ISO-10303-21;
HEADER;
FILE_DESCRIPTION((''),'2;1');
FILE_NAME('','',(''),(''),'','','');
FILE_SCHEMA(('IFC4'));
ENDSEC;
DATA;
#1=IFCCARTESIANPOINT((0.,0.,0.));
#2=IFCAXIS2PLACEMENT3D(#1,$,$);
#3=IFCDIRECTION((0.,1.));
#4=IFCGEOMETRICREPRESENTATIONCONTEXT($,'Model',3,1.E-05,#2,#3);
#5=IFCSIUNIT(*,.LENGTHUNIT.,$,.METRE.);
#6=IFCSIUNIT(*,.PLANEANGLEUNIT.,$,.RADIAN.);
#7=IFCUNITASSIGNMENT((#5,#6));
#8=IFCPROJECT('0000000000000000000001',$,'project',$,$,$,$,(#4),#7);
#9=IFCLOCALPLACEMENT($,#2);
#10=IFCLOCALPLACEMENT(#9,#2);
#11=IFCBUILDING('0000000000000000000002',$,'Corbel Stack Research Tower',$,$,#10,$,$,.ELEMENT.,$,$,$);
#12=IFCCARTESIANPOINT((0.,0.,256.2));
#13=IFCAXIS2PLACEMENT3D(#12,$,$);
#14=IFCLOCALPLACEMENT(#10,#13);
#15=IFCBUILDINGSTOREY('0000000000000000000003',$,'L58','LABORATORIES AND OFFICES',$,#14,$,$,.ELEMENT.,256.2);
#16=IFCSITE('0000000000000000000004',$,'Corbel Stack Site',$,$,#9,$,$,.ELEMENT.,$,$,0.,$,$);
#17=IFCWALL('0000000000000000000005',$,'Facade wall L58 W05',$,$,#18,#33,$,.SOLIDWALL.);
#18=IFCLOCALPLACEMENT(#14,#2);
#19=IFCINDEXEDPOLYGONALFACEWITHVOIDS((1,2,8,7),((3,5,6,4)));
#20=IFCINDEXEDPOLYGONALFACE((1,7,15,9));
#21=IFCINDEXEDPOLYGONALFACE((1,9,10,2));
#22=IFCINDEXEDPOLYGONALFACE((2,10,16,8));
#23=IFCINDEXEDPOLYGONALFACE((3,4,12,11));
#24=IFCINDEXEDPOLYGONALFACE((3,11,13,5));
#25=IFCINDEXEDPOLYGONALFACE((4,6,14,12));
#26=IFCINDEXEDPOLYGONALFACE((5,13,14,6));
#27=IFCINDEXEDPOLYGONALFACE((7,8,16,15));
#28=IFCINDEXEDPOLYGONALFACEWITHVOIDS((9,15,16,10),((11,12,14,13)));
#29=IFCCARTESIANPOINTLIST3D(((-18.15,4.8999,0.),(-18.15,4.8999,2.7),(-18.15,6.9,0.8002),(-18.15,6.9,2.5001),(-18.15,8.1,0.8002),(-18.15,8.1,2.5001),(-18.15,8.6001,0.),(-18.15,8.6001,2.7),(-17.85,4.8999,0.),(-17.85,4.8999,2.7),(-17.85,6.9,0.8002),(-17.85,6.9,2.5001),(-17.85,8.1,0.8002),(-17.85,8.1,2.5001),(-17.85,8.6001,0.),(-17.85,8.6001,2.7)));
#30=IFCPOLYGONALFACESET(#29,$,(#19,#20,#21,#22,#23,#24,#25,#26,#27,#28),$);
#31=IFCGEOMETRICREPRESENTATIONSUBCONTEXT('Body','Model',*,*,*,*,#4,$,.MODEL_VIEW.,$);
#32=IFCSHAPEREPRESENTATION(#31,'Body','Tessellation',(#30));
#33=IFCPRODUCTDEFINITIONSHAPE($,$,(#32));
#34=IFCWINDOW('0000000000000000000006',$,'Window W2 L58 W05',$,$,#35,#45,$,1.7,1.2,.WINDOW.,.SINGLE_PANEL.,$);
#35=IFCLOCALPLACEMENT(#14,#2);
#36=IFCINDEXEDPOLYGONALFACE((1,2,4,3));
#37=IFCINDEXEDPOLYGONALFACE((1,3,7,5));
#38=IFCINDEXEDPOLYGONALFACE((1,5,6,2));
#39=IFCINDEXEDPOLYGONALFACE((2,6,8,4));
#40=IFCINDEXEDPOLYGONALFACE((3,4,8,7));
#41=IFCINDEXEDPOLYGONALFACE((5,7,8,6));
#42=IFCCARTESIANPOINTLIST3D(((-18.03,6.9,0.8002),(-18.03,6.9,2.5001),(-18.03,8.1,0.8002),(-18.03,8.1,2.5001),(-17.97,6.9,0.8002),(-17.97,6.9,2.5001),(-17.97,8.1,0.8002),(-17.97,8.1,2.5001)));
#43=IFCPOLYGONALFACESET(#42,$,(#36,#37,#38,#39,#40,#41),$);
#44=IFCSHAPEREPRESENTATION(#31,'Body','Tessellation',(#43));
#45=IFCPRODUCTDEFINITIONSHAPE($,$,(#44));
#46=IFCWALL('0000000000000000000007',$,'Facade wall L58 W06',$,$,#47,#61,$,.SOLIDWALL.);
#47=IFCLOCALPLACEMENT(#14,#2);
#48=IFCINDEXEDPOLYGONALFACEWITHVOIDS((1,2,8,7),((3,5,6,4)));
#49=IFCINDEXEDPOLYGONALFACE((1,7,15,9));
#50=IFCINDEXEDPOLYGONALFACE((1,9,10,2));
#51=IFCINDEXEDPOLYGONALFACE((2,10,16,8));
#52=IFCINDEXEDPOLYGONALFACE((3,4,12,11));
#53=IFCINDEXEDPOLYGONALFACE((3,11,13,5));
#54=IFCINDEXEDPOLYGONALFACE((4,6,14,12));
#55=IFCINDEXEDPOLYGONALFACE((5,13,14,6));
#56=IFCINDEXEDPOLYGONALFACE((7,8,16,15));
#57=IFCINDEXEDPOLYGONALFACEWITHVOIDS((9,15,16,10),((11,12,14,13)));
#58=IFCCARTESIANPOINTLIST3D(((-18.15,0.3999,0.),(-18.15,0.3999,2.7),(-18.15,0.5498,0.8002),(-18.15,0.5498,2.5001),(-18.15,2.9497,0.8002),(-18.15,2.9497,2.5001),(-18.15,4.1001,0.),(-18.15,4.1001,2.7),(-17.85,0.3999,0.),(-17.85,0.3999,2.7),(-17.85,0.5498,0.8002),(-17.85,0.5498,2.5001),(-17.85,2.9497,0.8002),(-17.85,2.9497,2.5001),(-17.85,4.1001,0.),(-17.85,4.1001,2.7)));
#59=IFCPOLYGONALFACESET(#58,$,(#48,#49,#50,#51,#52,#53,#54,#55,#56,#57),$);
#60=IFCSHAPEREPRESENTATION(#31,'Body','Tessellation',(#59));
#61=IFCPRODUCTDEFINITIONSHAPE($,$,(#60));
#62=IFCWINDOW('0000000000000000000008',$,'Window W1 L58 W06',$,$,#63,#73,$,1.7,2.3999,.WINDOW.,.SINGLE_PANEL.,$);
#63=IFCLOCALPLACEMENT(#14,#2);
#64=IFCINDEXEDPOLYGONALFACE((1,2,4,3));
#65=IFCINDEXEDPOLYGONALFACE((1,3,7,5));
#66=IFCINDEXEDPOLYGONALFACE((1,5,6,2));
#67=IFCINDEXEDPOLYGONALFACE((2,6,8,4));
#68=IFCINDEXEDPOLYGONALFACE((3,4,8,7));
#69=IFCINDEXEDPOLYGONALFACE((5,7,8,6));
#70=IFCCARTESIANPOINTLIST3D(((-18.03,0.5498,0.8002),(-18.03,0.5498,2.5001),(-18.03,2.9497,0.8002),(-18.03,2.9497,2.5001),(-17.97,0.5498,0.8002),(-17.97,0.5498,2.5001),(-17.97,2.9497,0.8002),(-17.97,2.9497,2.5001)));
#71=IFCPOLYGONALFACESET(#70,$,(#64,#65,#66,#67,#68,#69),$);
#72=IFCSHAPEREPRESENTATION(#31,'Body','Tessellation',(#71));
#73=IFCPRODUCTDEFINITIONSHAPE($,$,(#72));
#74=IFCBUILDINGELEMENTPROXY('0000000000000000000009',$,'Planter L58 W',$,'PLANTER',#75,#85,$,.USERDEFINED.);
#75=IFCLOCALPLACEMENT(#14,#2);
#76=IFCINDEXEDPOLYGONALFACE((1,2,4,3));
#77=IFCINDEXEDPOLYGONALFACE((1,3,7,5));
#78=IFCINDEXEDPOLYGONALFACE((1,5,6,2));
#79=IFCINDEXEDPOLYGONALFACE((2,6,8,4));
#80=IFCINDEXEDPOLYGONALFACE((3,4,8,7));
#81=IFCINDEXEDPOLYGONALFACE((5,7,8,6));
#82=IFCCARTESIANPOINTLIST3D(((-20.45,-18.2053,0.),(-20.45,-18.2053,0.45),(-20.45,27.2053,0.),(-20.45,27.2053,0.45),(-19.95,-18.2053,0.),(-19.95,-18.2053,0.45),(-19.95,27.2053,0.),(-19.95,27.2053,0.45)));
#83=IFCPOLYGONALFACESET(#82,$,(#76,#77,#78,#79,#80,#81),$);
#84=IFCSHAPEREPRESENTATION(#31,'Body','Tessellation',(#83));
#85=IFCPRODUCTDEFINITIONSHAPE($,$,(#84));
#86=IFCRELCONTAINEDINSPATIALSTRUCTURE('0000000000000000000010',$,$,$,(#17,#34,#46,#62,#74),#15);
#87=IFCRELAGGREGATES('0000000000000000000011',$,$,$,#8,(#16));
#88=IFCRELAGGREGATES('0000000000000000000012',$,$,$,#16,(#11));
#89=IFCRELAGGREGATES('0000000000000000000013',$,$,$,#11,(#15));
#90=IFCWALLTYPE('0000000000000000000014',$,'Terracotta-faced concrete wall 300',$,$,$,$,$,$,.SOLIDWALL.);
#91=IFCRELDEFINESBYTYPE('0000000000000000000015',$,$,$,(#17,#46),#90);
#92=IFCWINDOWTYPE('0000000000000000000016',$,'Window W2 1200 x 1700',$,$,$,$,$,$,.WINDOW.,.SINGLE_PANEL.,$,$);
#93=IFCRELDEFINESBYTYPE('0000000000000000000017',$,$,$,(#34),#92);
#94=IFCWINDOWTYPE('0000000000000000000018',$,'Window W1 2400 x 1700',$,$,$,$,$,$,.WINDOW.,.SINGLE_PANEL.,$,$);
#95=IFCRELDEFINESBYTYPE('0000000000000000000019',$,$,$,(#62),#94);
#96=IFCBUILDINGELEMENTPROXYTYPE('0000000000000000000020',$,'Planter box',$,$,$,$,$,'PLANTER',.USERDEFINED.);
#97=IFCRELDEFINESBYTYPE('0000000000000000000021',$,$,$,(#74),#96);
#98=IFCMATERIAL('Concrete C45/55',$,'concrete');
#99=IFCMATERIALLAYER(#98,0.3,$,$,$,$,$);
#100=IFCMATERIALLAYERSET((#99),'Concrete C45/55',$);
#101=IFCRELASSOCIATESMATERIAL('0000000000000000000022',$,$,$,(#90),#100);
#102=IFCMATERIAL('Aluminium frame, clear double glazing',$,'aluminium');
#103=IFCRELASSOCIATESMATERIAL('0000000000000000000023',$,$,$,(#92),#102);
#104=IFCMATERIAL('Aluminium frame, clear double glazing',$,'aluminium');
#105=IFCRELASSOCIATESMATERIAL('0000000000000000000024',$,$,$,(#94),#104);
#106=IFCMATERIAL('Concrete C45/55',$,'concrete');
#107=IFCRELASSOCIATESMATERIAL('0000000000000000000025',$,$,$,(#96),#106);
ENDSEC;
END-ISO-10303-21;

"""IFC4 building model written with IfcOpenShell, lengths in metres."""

from ifc_helpers import new_model, si_unit, direction, frame, frame_2d, origin, origin_2d, place, context, subcontext, project, spatial, rectangle, extrude, material, layer, layer_set, type_object, element, fill, save


model = new_model("IFC4")

# Units and contexts
model_context = context("Model", 3, precision=1e-05, world=origin(), true_north=direction((0.0, 1.0)))
body_context = subcontext(model_context, "Body", "Model", "MODEL_VIEW")
ifc_project = project(units=[si_unit("LENGTHUNIT", "METRE"), si_unit("PLANEANGLEUNIT", "RADIAN")], contexts=[model_context])

# Site, building, storey
site_placement = place(None, origin())
site = spatial("IfcSite", under=ifc_project, at=site_placement, Name="Corbel Stack Site", CompositionType="ELEMENT", RefElevation=0.0)
building_placement = place(site_placement, origin())
building = spatial("IfcBuilding", under=site, at=building_placement, Name="Corbel Stack Research Tower", CompositionType="ELEMENT")
storey_placement = place(building_placement, frame((0.0, 0.0, 256.2)))
storey = spatial("IfcBuildingStorey", under=building, at=storey_placement, Name="L58", Description="LABORATORIES AND OFFICES", CompositionType="ELEMENT", Elevation=256.2)

# Walls, openings, windows
ifc_material_1 = material(Name="Concrete C45/55", Category="concrete")
ifc_layer_1 = layer(ifc_material_1, 0.3)
ifc_layer_set_1 = layer_set([ifc_layer_1], Name="Concrete C45/55")
wall_type_1 = type_object("IfcWallType", Name="Terracotta-faced concrete wall 300", PredefinedType="SOLIDWALL", material=ifc_layer_set_1)
wall_1_placement = place(storey_placement, frame((-18.0, 4.8999, 0.0), z_axis=(0.0, 0.0, 1.0), x_axis=(0.0, 1.0, 0.0)))
wall_1 = element("IfcWall", 1, at=wall_1_placement, inside=storey, type_object=wall_type_1, Name="Facade wall L58 W05", PredefinedType="SOLIDWALL", context=body_context, shape_type="SweptSolid", body=[
    extrude(rectangle(XDim=3.7002, YDim=0.3, at=frame_2d((1.8501, 0.0))), origin(), (0.0, 0.0, 1.0), 2.7),
])
opening_1_placement = place(wall_1_placement, frame((2.0, 0.0, 0.8)))
opening_1 = element("IfcOpeningElement", 2, at=opening_1_placement, cuts=wall_1, PredefinedType="OPENING", context=body_context, shape_type="SweptSolid", body=[
    extrude(rectangle(XDim=1.2, YDim=1.7, at=frame_2d((0.6001, 0.8501))), frame((0.0, 0.1599, 0.0), z_axis=(0.0, -1.0, 0.0), x_axis=(1.0, 0.0, 0.0)), (0.0, 0.0, 1.0), 0.3201),
])
ifc_material_2 = material(Name="Aluminium frame, clear double glazing", Category="aluminium")
window_type_1 = type_object("IfcWindowType", Name="Window W2 1200 x 1700", PartitioningType="SINGLE_PANEL", PredefinedType="WINDOW", material=ifc_material_2)
window_1_placement = place(opening_1_placement, origin())
window_1 = element("IfcWindow", 3, at=window_1_placement, inside=storey, type_object=window_type_1, Name="Window W2 L58 W05", OverallHeight=1.7, OverallWidth=1.2, PartitioningType="SINGLE_PANEL", PredefinedType="WINDOW", context=body_context, shape_type="SweptSolid", body=[
    extrude(rectangle(XDim=1.2, YDim=1.7, at=frame_2d((0.6001, 0.8501))), frame((0.0, 0.03, 0.0), z_axis=(0.0, -1.0, 0.0), x_axis=(1.0, 0.0, 0.0)), (0.0, 0.0, 1.0), 0.0601),
])
fill(opening_1, window_1)
wall_2_placement = place(storey_placement, frame((-18.0, 0.3999, 0.0), z_axis=(0.0, 0.0, 1.0), x_axis=(0.0, 1.0, 0.0)))
wall_2 = element("IfcWall", 4, at=wall_2_placement, inside=storey, type_object=wall_type_1, Name="Facade wall L58 W06", PredefinedType="SOLIDWALL", context=body_context, shape_type="SweptSolid", body=[
    extrude(rectangle(XDim=3.7002, YDim=0.3, at=frame_2d((1.8501, 0.0))), origin(), (0.0, 0.0, 1.0), 2.7),
])
opening_2_placement = place(wall_2_placement, frame((0.1499, 0.0, 0.8)))
opening_2 = element("IfcOpeningElement", 5, at=opening_2_placement, cuts=wall_2, PredefinedType="OPENING", context=body_context, shape_type="SweptSolid", body=[
    extrude(rectangle(XDim=2.3999, YDim=1.7, at=frame_2d((1.2, 0.8501))), frame((0.0, 0.1599, 0.0), z_axis=(0.0, -1.0, 0.0), x_axis=(1.0, 0.0, 0.0)), (0.0, 0.0, 1.0), 0.3201),
])
ifc_material_3 = material(Name="Aluminium frame, clear double glazing", Category="aluminium")
window_type_2 = type_object("IfcWindowType", Name="Window W1 2400 x 1700", PartitioningType="SINGLE_PANEL", PredefinedType="WINDOW", material=ifc_material_3)
window_2_placement = place(opening_2_placement, origin())
window_2 = element("IfcWindow", 6, at=window_2_placement, inside=storey, type_object=window_type_2, Name="Window W1 L58 W06", OverallHeight=1.7, OverallWidth=2.3999, PartitioningType="SINGLE_PANEL", PredefinedType="WINDOW", context=body_context, shape_type="SweptSolid", body=[
    extrude(rectangle(XDim=2.3999, YDim=1.7, at=frame_2d((1.2, 0.8501))), frame((0.0, 0.03, 0.0), z_axis=(0.0, -1.0, 0.0), x_axis=(1.0, 0.0, 0.0)), (0.0, 0.0, 1.0), 0.0601),
])
fill(opening_2, window_2)

# Building element proxy
ifc_material_4 = material(Name="Concrete C45/55", Category="concrete")
building_element_proxy_type = type_object("IfcBuildingElementProxyType", Name="Planter box", ElementType="PLANTER", PredefinedType="USERDEFINED", material=ifc_material_4)
proxy_placement = place(storey_placement, frame((-20.2, 4.5, 0.0), z_axis=(0.0, 0.0, 1.0), x_axis=(0.0, -1.0, 0.0)))
element("IfcBuildingElementProxy", 7, at=proxy_placement, inside=storey, type_object=building_element_proxy_type, Name="Planter L58 W", ObjectType="PLANTER", PredefinedType="USERDEFINED", context=body_context, shape_type="SweptSolid", body=[
    extrude(rectangle(XDim=45.4106, YDim=0.5, at=origin_2d()), origin(), (0.0, 0.0, 1.0), 0.45),
])

save(model, "model.ifc")
